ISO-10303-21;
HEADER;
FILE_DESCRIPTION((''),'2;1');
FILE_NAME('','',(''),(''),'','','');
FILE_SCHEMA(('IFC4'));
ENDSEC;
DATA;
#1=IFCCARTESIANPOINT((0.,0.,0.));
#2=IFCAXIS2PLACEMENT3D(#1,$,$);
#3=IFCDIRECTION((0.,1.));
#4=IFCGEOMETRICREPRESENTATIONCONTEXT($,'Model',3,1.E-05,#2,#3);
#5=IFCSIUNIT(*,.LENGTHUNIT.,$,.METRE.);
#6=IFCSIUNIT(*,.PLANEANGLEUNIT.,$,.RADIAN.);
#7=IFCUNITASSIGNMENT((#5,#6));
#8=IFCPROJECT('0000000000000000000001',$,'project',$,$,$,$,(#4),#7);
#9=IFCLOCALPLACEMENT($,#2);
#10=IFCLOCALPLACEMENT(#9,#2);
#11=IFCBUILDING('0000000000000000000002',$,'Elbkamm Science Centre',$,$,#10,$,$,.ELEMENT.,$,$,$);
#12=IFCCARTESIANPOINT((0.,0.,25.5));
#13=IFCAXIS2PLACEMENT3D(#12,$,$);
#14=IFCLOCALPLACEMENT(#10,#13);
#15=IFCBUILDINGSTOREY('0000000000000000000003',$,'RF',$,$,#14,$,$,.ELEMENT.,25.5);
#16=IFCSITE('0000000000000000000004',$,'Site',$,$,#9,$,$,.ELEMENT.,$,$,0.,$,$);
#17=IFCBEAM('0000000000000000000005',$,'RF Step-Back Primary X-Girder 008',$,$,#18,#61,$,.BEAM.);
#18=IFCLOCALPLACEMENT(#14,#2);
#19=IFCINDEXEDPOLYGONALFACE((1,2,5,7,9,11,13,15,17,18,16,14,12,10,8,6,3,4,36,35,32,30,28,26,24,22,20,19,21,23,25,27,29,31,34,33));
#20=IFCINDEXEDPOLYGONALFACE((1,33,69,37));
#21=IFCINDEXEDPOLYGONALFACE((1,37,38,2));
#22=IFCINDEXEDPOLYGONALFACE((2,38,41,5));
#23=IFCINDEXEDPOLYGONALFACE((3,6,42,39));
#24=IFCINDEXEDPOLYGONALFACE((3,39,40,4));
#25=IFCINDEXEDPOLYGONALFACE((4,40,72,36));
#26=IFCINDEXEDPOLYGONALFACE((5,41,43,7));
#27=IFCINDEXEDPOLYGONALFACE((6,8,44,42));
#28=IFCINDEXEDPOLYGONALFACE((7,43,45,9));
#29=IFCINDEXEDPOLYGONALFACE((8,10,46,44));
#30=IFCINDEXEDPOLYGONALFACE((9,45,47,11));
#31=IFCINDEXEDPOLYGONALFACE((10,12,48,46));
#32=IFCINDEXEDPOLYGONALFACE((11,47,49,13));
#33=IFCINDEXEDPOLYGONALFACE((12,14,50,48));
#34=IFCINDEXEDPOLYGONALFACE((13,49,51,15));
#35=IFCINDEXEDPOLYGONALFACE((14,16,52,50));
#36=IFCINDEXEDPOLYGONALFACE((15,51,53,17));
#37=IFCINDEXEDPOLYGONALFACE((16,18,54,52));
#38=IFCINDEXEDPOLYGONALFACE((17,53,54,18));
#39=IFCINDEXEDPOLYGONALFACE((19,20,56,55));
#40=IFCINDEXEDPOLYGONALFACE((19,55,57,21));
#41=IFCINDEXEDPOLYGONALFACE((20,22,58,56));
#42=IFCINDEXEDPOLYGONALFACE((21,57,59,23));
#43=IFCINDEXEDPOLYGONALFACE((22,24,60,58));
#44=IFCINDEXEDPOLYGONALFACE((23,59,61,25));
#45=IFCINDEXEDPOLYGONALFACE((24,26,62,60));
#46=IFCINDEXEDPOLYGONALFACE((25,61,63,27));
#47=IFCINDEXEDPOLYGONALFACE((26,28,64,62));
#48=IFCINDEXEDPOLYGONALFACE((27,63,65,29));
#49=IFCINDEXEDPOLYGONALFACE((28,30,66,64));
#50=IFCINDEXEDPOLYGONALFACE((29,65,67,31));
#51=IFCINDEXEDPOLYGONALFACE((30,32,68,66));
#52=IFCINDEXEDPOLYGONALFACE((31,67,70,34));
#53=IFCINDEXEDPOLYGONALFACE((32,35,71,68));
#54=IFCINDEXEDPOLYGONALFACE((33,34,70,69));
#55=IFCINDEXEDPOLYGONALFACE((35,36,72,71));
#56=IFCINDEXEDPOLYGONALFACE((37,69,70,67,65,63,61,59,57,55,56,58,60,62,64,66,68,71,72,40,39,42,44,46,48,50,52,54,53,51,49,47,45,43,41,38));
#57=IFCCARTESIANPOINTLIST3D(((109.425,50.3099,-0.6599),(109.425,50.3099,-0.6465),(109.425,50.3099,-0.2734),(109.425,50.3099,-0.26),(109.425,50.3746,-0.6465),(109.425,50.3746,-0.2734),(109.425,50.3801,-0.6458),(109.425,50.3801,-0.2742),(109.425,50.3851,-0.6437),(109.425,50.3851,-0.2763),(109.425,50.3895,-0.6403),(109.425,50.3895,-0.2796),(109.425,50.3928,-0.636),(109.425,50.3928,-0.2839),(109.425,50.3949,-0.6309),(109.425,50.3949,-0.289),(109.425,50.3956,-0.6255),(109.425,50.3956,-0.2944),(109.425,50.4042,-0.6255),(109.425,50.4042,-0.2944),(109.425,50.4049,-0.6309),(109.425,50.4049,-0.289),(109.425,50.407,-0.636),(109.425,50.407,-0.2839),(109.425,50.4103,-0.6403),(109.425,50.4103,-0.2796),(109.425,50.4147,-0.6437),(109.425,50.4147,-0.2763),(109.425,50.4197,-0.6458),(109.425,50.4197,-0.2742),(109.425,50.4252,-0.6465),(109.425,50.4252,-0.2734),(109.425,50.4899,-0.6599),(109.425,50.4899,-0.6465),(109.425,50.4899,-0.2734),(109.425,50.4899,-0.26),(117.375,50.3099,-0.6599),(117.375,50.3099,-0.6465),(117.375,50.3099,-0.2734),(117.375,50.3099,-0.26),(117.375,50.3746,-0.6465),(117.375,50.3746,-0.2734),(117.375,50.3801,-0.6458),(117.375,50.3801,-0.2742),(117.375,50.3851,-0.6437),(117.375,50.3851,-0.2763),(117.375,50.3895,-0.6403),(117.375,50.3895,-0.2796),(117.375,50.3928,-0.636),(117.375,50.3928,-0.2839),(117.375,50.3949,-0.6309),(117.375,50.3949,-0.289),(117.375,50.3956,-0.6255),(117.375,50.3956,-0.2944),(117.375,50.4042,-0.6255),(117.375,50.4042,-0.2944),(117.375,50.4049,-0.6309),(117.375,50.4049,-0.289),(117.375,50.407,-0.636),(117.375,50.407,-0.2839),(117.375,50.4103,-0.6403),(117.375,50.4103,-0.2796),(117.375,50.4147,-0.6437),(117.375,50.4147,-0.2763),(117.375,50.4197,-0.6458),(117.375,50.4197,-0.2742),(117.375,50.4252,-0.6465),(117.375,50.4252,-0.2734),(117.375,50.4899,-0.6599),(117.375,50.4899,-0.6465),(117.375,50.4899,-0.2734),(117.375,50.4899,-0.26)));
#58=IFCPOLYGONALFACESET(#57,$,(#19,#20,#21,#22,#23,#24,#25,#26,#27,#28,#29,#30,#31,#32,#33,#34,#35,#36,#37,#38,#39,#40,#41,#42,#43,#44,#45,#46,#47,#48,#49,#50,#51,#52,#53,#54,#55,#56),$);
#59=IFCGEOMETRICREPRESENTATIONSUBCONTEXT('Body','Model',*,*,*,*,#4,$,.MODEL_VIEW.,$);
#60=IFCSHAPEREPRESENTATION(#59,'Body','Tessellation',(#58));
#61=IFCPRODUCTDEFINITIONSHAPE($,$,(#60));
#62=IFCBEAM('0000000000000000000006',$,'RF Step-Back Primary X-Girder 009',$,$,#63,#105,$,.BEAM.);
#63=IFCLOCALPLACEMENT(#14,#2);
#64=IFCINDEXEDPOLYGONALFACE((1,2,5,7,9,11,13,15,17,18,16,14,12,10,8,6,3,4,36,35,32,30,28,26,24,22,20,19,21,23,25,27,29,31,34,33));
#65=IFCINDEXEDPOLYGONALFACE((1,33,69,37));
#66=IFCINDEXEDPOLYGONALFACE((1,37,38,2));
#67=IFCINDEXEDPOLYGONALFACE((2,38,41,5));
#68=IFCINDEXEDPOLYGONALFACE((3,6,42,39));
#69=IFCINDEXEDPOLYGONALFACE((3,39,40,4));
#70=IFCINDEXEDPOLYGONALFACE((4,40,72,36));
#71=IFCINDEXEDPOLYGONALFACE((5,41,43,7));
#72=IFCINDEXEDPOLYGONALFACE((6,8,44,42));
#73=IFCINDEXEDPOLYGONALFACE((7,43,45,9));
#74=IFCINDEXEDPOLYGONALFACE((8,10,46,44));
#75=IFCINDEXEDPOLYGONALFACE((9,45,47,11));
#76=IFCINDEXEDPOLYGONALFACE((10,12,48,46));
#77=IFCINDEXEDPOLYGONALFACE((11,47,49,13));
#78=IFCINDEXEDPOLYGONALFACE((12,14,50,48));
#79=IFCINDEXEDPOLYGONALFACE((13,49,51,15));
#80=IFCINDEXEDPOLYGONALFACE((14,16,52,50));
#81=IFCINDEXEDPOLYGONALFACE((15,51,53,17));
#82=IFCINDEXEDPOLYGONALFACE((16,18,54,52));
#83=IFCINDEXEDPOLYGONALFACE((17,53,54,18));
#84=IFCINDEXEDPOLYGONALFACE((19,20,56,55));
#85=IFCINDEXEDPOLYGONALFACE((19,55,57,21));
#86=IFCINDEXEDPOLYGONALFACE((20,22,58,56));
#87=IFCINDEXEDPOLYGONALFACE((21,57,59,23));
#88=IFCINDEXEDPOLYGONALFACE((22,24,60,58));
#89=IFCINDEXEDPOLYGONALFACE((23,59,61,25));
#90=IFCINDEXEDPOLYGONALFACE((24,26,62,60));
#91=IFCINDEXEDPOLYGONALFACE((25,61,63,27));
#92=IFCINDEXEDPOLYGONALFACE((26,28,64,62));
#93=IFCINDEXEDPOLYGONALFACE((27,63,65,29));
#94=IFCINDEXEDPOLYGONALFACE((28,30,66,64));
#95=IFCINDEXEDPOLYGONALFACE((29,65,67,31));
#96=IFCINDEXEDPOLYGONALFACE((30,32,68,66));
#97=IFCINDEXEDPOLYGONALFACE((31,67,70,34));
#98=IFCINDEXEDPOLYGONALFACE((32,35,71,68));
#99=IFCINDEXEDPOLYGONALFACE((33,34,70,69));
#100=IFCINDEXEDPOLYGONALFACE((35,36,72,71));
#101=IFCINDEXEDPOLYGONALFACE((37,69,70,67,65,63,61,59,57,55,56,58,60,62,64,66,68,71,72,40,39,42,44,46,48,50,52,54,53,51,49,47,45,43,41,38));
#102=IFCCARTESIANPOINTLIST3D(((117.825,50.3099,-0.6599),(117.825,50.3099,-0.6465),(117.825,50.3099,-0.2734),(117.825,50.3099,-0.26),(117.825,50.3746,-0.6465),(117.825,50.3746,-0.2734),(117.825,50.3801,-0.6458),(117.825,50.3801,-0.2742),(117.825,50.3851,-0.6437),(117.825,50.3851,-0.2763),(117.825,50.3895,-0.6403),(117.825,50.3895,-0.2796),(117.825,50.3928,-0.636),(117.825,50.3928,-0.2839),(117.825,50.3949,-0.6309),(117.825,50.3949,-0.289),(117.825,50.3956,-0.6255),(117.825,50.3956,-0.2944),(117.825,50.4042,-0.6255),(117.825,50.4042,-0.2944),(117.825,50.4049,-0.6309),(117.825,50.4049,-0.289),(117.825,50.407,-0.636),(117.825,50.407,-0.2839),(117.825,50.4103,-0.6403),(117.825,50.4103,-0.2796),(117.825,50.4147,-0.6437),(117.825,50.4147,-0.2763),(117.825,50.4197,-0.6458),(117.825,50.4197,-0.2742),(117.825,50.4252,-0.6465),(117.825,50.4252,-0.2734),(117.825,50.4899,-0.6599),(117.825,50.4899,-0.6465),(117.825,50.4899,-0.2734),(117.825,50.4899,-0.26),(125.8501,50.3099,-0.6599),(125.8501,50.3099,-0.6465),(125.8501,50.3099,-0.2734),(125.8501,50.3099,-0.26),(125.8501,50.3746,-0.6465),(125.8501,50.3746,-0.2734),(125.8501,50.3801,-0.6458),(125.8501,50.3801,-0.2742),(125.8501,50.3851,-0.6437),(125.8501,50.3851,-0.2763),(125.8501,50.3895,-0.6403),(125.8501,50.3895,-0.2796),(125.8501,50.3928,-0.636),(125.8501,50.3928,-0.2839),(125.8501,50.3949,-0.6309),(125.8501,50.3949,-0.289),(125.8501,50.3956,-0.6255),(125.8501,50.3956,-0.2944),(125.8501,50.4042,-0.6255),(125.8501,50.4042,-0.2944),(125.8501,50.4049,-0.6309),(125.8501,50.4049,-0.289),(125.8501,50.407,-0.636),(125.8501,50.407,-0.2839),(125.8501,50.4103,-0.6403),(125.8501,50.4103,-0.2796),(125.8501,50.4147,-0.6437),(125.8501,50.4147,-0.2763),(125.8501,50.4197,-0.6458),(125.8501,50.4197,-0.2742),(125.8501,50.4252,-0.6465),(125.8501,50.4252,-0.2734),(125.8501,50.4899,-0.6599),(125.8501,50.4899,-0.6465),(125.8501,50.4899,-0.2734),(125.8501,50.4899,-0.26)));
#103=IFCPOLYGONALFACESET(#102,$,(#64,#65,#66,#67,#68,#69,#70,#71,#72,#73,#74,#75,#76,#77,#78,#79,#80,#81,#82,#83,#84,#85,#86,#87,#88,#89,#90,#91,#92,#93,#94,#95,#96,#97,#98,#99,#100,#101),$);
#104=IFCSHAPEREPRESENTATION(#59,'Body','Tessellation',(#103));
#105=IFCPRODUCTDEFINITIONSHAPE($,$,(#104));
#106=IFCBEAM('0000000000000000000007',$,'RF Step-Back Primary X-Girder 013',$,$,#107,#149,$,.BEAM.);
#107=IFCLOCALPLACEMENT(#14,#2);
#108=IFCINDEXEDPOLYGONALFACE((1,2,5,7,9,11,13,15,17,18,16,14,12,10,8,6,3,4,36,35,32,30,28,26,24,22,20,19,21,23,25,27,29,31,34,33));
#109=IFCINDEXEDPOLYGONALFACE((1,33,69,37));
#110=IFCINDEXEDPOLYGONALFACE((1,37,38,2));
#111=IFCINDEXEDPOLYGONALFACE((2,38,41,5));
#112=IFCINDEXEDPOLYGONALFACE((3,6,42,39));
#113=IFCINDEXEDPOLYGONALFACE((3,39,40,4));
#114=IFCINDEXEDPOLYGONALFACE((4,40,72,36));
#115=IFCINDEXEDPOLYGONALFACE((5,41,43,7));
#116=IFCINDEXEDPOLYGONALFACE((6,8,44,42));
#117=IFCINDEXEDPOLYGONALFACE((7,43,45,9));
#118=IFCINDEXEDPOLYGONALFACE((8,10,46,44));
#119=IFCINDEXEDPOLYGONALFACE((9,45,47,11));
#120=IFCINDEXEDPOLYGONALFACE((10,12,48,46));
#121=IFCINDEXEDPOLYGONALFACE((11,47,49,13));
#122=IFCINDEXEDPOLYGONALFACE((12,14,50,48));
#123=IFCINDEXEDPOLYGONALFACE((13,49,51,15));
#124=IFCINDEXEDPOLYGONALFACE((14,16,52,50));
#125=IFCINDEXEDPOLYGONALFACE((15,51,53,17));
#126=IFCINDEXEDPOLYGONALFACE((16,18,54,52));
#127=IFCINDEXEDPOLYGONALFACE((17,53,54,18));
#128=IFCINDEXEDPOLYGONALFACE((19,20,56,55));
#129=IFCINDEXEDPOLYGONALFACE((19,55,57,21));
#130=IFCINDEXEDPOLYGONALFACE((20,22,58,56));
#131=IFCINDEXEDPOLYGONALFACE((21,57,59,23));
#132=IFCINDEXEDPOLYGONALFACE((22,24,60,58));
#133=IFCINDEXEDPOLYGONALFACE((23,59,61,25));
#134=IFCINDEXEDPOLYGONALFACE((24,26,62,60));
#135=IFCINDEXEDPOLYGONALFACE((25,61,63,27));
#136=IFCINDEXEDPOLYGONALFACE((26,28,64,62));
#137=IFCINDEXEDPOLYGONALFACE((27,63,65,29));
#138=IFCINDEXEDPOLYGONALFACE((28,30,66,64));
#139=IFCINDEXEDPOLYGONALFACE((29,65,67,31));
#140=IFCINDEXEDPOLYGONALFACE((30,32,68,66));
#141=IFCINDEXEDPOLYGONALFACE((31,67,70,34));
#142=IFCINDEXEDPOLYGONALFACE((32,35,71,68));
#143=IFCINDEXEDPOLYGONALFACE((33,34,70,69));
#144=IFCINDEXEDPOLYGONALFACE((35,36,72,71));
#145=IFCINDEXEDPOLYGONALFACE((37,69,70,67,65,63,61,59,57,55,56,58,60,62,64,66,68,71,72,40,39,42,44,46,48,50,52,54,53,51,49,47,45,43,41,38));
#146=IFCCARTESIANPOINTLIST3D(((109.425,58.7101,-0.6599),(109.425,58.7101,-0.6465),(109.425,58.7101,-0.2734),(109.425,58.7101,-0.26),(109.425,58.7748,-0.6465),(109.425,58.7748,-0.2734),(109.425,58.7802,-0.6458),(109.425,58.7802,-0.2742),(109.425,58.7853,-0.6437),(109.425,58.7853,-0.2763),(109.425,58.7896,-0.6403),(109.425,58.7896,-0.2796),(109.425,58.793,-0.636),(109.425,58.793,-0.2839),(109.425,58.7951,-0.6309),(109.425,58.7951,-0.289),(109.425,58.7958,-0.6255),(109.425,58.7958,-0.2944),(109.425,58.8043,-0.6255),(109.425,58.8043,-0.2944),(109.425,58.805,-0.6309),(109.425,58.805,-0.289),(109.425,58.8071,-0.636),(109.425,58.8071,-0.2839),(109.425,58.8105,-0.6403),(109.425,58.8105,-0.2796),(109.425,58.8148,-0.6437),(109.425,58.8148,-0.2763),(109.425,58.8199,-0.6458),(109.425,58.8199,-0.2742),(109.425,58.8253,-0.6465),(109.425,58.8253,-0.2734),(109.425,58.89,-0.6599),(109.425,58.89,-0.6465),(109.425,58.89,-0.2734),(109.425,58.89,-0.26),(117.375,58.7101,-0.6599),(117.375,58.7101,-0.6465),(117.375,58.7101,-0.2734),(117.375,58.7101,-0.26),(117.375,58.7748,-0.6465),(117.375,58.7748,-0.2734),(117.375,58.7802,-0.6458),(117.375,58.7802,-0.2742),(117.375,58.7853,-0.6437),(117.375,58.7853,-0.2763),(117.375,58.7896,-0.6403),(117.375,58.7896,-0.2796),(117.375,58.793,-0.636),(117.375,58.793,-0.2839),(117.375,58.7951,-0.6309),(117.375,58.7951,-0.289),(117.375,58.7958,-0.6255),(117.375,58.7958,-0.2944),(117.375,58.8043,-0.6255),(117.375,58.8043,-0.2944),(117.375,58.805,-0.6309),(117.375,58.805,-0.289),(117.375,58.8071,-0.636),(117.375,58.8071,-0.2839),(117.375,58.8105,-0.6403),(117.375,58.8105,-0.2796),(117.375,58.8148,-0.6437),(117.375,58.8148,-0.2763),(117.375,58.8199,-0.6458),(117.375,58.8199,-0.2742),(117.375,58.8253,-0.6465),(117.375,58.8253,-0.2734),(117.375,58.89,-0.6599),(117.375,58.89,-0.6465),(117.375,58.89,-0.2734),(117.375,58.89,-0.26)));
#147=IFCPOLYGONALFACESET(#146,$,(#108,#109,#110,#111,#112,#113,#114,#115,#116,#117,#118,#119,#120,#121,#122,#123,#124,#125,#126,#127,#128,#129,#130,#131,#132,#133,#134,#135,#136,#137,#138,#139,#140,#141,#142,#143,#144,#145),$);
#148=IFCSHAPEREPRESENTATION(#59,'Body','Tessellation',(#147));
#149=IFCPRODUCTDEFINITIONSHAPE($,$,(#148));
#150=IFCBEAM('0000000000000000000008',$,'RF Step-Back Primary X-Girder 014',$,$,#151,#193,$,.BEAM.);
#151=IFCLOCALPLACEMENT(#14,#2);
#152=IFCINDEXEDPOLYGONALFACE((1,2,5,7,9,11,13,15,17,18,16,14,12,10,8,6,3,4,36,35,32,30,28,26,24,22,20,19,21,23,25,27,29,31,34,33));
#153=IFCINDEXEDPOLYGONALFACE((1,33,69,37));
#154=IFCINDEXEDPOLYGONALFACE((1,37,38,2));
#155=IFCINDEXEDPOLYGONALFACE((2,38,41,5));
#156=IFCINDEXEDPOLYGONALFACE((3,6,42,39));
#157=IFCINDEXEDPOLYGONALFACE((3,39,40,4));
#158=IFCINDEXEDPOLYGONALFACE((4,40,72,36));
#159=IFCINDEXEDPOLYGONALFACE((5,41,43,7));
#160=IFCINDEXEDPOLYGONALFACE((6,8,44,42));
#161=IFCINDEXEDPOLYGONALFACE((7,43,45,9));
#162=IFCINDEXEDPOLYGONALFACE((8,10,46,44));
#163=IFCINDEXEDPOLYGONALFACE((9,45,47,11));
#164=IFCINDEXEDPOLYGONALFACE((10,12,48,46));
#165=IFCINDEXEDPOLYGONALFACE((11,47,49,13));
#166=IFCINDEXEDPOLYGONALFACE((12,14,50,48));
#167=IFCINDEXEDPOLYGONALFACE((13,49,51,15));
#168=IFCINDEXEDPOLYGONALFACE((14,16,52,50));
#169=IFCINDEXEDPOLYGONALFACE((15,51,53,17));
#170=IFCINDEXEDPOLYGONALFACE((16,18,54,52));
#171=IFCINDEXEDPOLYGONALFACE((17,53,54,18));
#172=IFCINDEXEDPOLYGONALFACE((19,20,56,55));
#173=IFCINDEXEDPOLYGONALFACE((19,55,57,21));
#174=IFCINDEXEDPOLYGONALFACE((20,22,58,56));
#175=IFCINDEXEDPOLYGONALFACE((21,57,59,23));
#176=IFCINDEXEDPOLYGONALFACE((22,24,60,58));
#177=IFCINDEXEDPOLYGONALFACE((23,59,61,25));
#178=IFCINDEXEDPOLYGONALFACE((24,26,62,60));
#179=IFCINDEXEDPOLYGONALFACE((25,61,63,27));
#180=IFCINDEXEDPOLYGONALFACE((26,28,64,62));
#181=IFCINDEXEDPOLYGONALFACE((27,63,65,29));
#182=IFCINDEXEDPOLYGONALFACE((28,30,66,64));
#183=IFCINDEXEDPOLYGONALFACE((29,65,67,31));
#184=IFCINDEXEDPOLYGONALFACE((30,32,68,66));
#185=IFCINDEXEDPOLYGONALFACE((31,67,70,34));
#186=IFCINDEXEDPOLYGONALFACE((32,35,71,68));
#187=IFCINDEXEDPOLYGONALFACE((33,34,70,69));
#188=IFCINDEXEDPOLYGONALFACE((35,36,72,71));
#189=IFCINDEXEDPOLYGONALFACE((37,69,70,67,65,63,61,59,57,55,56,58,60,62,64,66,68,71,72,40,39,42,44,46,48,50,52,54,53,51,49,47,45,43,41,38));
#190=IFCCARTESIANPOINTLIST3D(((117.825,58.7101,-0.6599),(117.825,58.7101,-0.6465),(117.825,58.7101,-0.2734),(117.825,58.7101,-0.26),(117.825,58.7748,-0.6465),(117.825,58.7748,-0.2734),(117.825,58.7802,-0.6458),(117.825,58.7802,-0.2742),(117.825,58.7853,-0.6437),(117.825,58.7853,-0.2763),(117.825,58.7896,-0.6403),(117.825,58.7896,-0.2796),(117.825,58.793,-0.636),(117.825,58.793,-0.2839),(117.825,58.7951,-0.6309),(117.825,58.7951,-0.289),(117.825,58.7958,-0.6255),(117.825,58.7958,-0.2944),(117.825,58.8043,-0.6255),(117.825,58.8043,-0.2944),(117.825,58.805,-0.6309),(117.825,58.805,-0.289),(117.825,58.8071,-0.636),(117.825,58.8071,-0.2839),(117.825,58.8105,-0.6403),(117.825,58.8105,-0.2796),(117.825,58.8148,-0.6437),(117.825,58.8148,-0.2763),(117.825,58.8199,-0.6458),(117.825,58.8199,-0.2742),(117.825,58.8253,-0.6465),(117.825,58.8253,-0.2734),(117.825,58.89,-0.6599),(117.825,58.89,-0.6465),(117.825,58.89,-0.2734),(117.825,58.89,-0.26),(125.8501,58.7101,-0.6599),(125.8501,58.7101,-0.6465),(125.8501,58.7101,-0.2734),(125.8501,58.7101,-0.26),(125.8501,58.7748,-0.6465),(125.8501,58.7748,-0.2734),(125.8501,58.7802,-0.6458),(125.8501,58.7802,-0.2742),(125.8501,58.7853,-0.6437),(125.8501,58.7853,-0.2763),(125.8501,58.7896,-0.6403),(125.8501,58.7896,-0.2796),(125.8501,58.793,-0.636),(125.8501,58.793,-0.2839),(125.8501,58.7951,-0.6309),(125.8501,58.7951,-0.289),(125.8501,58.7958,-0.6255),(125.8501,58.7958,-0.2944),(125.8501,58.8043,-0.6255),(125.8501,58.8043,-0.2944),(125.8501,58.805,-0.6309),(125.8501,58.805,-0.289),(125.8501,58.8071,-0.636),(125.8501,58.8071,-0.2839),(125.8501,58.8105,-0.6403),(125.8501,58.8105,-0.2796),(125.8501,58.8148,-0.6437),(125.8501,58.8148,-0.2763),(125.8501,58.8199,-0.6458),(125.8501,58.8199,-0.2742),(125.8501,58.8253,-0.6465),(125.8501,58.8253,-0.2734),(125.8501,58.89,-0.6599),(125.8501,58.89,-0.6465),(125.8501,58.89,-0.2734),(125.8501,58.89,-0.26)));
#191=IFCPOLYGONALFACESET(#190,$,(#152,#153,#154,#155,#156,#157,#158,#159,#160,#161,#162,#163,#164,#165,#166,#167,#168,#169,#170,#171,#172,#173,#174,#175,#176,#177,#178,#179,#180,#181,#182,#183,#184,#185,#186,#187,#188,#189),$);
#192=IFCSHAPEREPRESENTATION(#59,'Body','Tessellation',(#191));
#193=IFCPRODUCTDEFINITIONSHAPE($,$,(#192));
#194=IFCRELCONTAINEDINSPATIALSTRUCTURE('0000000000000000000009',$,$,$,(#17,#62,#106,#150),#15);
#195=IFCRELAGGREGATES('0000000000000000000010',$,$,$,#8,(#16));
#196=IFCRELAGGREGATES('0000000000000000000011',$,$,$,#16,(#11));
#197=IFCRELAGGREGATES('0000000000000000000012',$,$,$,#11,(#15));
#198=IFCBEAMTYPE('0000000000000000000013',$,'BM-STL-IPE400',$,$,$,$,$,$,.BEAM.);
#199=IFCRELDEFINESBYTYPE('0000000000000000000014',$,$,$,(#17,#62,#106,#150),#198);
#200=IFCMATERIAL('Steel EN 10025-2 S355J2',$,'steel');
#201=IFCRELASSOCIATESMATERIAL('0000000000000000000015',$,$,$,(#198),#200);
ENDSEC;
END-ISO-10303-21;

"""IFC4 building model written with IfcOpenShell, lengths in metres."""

from ifc_helpers import new_model, si_unit, direction, frame, origin, origin_2d, place, context, subcontext, project, spatial, i_section, extrude, material, material_profile, profile_set, type_object, element, save


model = new_model("IFC4")

# Units and contexts
model_context = context("Model", 3, precision=1e-05, world=origin(), true_north=direction((0.0, 1.0)))
body_context = subcontext(model_context, "Body", "Model", "MODEL_VIEW")
ifc_project = project(units=[si_unit("LENGTHUNIT", "METRE"), si_unit("PLANEANGLEUNIT", "RADIAN")], contexts=[model_context])

# Site, building, storey
site_placement = place(None, origin())
site = spatial("IfcSite", under=ifc_project, at=site_placement, Name="Site", CompositionType="ELEMENT", RefElevation=0.0)
building_placement = place(site_placement, origin())
building = spatial("IfcBuilding", under=site, at=building_placement, Name="Elbkamm Science Centre", CompositionType="ELEMENT")
storey_placement = place(building_placement, frame((0.0, 0.0, 25.5)))
storey = spatial("IfcBuildingStorey", under=building, at=storey_placement, Name="RF", CompositionType="ELEMENT", Elevation=25.5)

# Beams
ifc_material_1 = material(Name="Steel EN 10025-2 S355J2", Category="steel")
ifc_material_profile_1 = material_profile(ifc_material_1, i_section(OverallWidth=0.1799, OverallDepth=0.3999, WebThickness=0.0085, FlangeThickness=0.0134, FilletRadius=0.021, at=origin_2d()), Name="IPE 400")
ifc_profile_set_1 = profile_set([ifc_material_profile_1], Name="Steel EN 10025-2 S355J2")
beam_type_1 = type_object("IfcBeamType", Name="BM-STL-IPE400", PredefinedType="BEAM", material=ifc_profile_set_1)
beam_1_placement = place(storey_placement, frame((109.425, 50.3999, -0.46), z_axis=(1.0, 0.0, 0.0), x_axis=(0.0, 1.0, 0.0)))
element("IfcBeam", 1, at=beam_1_placement, inside=storey, type_object=beam_type_1, Name="RF Step-Back Primary X-Girder 008", PredefinedType="BEAM", context=body_context, shape_type="SweptSolid", body=[
    extrude(i_section(OverallWidth=0.1799, OverallDepth=0.3999, WebThickness=0.0085, FlangeThickness=0.0134, FilletRadius=0.021, at=origin_2d()), origin(), (0.0, 0.0, 1.0), 7.95),
])
beam_2_placement = place(storey_placement, frame((117.825, 50.3999, -0.46), z_axis=(1.0, 0.0, 0.0), x_axis=(0.0, 1.0, 0.0)))
element("IfcBeam", 2, at=beam_2_placement, inside=storey, type_object=beam_type_1, Name="RF Step-Back Primary X-Girder 009", PredefinedType="BEAM", context=body_context, shape_type="SweptSolid", body=[
    extrude(i_section(OverallWidth=0.1799, OverallDepth=0.3999, WebThickness=0.0085, FlangeThickness=0.0134, FilletRadius=0.021, at=origin_2d()), origin(), (0.0, 0.0, 1.0), 8.0251),
])
beam_3_placement = place(storey_placement, frame((109.425, 58.8, -0.46), z_axis=(1.0, 0.0, 0.0), x_axis=(0.0, 1.0, 0.0)))
element("IfcBeam", 3, at=beam_3_placement, inside=storey, type_object=beam_type_1, Name="RF Step-Back Primary X-Girder 013", PredefinedType="BEAM", context=body_context, shape_type="SweptSolid", body=[
    extrude(i_section(OverallWidth=0.1799, OverallDepth=0.3999, WebThickness=0.0085, FlangeThickness=0.0134, FilletRadius=0.021, at=origin_2d()), origin(), (0.0, 0.0, 1.0), 7.95),
])
beam_4_placement = place(storey_placement, frame((117.825, 58.8, -0.46), z_axis=(1.0, 0.0, 0.0), x_axis=(0.0, 1.0, 0.0)))
element("IfcBeam", 4, at=beam_4_placement, inside=storey, type_object=beam_type_1, Name="RF Step-Back Primary X-Girder 014", PredefinedType="BEAM", context=body_context, shape_type="SweptSolid", body=[
    extrude(i_section(OverallWidth=0.1799, OverallDepth=0.3999, WebThickness=0.0085, FlangeThickness=0.0134, FilletRadius=0.021, at=origin_2d()), origin(), (0.0, 0.0, 1.0), 8.0251),
])

save(model, "model.ifc")
